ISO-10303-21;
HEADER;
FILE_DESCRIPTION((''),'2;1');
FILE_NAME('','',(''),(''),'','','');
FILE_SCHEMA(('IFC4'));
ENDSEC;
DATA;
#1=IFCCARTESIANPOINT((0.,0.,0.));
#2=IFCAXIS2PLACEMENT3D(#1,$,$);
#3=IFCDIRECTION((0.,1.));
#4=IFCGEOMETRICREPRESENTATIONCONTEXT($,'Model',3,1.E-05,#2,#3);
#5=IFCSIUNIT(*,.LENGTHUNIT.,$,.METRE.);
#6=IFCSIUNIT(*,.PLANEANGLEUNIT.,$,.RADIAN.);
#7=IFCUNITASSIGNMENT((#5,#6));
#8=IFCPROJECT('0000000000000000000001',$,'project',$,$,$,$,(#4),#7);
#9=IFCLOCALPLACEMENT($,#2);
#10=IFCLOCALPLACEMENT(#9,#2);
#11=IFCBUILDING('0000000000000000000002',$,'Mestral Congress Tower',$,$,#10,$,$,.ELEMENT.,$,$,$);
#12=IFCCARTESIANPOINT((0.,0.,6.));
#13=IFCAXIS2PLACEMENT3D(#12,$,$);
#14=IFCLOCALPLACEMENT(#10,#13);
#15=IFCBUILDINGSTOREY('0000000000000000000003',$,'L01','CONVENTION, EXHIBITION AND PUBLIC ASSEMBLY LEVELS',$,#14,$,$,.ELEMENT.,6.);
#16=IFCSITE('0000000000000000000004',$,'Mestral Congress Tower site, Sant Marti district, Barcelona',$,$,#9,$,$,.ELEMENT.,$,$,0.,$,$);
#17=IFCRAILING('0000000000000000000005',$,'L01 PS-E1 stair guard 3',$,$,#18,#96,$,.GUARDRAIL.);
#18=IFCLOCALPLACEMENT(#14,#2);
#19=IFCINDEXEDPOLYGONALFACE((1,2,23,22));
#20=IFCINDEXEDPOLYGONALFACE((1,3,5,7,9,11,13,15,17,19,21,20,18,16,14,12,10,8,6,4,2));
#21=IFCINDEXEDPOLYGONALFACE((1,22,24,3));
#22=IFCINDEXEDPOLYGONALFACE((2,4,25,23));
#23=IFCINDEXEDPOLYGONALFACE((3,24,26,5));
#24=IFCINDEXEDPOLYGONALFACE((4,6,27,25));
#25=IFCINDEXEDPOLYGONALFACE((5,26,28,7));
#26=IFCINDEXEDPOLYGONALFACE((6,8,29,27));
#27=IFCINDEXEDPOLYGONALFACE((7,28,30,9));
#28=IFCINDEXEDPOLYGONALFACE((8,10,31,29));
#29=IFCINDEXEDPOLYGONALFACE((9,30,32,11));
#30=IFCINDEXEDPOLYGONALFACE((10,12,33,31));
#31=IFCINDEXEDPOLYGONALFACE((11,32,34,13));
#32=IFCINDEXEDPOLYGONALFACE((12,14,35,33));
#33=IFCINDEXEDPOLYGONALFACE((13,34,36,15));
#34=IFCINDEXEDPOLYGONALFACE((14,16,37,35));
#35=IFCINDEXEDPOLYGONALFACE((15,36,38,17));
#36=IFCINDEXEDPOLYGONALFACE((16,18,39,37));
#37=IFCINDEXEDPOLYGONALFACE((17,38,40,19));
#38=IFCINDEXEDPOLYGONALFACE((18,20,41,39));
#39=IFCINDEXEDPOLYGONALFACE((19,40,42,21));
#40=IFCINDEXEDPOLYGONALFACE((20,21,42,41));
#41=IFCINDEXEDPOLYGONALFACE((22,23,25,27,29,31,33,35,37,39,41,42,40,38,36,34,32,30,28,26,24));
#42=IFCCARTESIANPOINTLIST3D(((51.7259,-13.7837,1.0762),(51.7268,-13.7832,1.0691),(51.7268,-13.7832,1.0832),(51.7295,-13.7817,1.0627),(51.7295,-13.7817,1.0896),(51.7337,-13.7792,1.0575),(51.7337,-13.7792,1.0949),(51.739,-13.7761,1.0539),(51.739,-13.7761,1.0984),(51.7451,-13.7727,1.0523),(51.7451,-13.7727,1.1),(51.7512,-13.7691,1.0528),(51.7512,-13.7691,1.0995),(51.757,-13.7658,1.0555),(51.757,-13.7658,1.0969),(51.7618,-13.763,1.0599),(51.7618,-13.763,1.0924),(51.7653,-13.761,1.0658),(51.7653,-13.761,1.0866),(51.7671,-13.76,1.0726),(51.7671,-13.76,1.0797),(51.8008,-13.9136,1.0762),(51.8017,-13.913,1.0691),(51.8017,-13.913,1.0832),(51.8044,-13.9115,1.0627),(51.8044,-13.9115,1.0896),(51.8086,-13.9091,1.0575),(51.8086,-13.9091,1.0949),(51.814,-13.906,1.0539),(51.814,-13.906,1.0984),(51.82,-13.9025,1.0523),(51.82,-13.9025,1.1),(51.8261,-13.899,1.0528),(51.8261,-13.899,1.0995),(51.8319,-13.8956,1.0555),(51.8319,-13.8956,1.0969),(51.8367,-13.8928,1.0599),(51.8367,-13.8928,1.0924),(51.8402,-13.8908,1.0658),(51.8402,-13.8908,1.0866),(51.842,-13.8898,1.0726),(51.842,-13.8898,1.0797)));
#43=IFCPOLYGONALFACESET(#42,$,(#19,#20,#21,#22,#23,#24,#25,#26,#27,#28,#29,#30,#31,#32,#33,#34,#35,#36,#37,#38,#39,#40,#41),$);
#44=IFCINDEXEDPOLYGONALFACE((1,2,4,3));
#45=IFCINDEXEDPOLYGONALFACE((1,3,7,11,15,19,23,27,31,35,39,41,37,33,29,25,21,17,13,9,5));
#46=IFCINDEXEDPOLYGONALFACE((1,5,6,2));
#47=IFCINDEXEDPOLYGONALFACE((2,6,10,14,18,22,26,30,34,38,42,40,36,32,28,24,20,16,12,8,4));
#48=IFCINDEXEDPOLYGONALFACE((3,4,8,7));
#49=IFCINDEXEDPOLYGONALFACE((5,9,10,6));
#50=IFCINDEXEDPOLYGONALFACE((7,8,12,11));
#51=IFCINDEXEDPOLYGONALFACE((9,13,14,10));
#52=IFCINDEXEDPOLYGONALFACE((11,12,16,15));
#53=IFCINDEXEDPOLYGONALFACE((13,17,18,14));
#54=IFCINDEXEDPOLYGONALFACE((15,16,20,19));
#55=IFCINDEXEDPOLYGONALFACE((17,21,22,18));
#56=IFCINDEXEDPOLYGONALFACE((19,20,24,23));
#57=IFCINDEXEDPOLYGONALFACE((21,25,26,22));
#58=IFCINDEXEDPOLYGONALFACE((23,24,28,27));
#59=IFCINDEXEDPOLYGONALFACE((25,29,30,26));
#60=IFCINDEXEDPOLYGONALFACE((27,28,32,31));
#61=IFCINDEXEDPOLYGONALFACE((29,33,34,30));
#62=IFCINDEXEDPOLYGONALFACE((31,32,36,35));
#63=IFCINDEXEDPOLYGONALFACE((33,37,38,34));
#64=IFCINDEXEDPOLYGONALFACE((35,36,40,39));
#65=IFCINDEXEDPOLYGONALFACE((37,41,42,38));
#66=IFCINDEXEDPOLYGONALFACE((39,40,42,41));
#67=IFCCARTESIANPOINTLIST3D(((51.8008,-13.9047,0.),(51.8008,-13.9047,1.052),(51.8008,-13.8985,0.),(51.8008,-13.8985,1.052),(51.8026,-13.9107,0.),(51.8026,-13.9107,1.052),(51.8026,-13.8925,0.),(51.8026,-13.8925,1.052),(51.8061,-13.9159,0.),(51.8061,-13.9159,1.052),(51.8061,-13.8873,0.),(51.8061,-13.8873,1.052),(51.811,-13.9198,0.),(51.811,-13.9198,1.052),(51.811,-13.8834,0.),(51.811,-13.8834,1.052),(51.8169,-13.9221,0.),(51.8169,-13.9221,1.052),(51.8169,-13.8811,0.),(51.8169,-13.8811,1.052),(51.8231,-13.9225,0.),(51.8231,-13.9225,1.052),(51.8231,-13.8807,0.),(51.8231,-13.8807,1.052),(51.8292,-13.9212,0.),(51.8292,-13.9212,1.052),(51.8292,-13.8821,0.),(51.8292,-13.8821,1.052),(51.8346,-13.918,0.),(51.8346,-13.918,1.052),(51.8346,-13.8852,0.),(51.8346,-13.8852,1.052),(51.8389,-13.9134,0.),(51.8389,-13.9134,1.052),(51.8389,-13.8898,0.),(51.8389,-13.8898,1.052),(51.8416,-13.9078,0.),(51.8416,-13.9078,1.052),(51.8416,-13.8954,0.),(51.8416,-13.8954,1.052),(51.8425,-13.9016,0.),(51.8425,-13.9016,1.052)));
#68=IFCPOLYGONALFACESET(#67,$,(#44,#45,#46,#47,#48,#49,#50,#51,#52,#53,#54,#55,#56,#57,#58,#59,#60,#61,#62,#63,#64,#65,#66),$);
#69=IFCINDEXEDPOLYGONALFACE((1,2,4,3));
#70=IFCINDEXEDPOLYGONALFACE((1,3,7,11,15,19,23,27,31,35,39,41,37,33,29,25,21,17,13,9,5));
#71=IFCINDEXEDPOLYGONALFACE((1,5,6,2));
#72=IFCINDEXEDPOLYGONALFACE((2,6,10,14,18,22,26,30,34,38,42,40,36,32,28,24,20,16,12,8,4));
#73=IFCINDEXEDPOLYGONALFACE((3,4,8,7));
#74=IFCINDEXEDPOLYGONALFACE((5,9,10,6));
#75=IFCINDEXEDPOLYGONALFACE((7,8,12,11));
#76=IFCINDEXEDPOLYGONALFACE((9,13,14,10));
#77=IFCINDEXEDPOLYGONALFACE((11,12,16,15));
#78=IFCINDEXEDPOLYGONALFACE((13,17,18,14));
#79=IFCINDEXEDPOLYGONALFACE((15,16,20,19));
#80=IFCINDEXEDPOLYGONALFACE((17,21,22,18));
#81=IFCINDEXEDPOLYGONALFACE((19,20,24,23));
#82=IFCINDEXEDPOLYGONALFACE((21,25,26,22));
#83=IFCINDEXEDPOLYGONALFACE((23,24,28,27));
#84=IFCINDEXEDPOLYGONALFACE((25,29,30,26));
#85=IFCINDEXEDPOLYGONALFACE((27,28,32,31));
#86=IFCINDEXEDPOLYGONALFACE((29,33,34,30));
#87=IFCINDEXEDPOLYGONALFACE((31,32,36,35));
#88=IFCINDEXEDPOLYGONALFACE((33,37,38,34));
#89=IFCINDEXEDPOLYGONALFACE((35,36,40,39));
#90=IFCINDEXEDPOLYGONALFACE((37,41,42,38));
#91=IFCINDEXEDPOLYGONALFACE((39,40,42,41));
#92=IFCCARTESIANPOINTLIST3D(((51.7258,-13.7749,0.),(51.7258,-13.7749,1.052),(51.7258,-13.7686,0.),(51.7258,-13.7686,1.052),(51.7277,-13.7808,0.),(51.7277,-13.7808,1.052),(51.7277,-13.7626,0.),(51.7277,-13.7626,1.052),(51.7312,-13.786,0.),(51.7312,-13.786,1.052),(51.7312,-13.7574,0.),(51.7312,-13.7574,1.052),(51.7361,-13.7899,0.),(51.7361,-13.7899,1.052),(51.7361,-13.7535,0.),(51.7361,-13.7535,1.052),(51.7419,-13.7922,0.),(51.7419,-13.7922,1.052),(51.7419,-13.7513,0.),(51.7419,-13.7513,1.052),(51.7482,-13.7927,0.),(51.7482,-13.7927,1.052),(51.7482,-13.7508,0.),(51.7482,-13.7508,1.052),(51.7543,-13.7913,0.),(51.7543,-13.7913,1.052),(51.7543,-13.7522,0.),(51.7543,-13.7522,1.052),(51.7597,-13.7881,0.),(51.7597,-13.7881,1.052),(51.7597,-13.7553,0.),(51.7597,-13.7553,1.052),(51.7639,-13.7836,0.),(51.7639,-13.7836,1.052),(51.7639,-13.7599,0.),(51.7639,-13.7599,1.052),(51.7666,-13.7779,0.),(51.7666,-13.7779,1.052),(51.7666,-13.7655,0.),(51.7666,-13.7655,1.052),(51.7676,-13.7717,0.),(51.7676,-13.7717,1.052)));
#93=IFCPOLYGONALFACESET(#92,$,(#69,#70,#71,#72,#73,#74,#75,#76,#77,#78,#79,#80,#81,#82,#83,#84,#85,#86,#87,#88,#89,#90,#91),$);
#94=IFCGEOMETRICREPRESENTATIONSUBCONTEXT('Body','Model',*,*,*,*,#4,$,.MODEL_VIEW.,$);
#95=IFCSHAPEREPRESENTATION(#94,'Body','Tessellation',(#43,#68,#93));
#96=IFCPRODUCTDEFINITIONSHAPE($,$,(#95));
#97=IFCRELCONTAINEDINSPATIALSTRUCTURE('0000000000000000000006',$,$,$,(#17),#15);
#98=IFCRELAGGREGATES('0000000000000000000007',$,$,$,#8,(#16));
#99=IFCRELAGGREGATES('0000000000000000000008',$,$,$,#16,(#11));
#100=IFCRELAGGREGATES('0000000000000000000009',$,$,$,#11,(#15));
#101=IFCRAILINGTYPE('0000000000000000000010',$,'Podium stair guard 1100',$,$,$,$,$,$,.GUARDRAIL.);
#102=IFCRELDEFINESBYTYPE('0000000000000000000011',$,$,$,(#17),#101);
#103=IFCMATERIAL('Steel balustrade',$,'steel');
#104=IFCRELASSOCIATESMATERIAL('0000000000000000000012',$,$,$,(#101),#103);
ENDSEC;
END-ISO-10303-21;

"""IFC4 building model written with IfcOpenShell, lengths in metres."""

from ifc_helpers import new_model, si_unit, direction, frame, origin, origin_2d, place, context, subcontext, project, spatial, circle, extrude, material, type_object, element, save


model = new_model("IFC4")

# Units and contexts
model_context = context("Model", 3, precision=1e-05, world=origin(), true_north=direction((0.0, 1.0)))
body_context = subcontext(model_context, "Body", "Model", "MODEL_VIEW")
ifc_project = project(units=[si_unit("LENGTHUNIT", "METRE"), si_unit("PLANEANGLEUNIT", "RADIAN")], contexts=[model_context])

# Site, building, storey
site_placement = place(None, origin())
site = spatial("IfcSite", under=ifc_project, at=site_placement, Name="Mestral Congress Tower site, Sant Marti district, Barcelona", CompositionType="ELEMENT", RefElevation=0.0)
building_placement = place(site_placement, origin())
building = spatial("IfcBuilding", under=site, at=building_placement, Name="Mestral Congress Tower", CompositionType="ELEMENT")
storey_placement = place(building_placement, frame((0.0, 0.0, 6.0)))
storey = spatial("IfcBuildingStorey", under=building, at=storey_placement, Name="L01", Description="CONVENTION, EXHIBITION AND PUBLIC ASSEMBLY LEVELS", CompositionType="ELEMENT", Elevation=6.0)

# Railing
ifc_material_1 = material(Name="Steel balustrade", Category="steel")
railing_type_1 = type_object("IfcRailingType", Name="Podium stair guard 1100", PredefinedType="GUARDRAIL", material=ifc_material_1)
railing_1_placement = place(storey_placement, frame((51.8215, -13.9016, 0.0)))
element("IfcRailing", 1, at=railing_1_placement, inside=storey, type_object=railing_type_1, Name="L01 PS-E1 stair guard 3", PredefinedType="GUARDRAIL", context=body_context, shape_type="SweptSolid", body=[
    extrude(circle(Radius=0.0239, at=origin_2d()), frame((0.0, 0.0, 1.0762), z_axis=(-0.499816, 0.866131, 0.0), x_axis=(-0.866131, -0.499816, 0.0)), (0.0, 0.0, 1.0), 0.1499),
    extrude(circle(Radius=0.021, at=origin_2d()), origin(), (0.0, 0.0, 1.0), 1.052),
    extrude(circle(Radius=0.021, at=origin_2d()), frame((-0.075, 0.1299, 0.0)), (0.0, 0.0, 1.0), 1.052),
])

save(model, "model.ifc")
